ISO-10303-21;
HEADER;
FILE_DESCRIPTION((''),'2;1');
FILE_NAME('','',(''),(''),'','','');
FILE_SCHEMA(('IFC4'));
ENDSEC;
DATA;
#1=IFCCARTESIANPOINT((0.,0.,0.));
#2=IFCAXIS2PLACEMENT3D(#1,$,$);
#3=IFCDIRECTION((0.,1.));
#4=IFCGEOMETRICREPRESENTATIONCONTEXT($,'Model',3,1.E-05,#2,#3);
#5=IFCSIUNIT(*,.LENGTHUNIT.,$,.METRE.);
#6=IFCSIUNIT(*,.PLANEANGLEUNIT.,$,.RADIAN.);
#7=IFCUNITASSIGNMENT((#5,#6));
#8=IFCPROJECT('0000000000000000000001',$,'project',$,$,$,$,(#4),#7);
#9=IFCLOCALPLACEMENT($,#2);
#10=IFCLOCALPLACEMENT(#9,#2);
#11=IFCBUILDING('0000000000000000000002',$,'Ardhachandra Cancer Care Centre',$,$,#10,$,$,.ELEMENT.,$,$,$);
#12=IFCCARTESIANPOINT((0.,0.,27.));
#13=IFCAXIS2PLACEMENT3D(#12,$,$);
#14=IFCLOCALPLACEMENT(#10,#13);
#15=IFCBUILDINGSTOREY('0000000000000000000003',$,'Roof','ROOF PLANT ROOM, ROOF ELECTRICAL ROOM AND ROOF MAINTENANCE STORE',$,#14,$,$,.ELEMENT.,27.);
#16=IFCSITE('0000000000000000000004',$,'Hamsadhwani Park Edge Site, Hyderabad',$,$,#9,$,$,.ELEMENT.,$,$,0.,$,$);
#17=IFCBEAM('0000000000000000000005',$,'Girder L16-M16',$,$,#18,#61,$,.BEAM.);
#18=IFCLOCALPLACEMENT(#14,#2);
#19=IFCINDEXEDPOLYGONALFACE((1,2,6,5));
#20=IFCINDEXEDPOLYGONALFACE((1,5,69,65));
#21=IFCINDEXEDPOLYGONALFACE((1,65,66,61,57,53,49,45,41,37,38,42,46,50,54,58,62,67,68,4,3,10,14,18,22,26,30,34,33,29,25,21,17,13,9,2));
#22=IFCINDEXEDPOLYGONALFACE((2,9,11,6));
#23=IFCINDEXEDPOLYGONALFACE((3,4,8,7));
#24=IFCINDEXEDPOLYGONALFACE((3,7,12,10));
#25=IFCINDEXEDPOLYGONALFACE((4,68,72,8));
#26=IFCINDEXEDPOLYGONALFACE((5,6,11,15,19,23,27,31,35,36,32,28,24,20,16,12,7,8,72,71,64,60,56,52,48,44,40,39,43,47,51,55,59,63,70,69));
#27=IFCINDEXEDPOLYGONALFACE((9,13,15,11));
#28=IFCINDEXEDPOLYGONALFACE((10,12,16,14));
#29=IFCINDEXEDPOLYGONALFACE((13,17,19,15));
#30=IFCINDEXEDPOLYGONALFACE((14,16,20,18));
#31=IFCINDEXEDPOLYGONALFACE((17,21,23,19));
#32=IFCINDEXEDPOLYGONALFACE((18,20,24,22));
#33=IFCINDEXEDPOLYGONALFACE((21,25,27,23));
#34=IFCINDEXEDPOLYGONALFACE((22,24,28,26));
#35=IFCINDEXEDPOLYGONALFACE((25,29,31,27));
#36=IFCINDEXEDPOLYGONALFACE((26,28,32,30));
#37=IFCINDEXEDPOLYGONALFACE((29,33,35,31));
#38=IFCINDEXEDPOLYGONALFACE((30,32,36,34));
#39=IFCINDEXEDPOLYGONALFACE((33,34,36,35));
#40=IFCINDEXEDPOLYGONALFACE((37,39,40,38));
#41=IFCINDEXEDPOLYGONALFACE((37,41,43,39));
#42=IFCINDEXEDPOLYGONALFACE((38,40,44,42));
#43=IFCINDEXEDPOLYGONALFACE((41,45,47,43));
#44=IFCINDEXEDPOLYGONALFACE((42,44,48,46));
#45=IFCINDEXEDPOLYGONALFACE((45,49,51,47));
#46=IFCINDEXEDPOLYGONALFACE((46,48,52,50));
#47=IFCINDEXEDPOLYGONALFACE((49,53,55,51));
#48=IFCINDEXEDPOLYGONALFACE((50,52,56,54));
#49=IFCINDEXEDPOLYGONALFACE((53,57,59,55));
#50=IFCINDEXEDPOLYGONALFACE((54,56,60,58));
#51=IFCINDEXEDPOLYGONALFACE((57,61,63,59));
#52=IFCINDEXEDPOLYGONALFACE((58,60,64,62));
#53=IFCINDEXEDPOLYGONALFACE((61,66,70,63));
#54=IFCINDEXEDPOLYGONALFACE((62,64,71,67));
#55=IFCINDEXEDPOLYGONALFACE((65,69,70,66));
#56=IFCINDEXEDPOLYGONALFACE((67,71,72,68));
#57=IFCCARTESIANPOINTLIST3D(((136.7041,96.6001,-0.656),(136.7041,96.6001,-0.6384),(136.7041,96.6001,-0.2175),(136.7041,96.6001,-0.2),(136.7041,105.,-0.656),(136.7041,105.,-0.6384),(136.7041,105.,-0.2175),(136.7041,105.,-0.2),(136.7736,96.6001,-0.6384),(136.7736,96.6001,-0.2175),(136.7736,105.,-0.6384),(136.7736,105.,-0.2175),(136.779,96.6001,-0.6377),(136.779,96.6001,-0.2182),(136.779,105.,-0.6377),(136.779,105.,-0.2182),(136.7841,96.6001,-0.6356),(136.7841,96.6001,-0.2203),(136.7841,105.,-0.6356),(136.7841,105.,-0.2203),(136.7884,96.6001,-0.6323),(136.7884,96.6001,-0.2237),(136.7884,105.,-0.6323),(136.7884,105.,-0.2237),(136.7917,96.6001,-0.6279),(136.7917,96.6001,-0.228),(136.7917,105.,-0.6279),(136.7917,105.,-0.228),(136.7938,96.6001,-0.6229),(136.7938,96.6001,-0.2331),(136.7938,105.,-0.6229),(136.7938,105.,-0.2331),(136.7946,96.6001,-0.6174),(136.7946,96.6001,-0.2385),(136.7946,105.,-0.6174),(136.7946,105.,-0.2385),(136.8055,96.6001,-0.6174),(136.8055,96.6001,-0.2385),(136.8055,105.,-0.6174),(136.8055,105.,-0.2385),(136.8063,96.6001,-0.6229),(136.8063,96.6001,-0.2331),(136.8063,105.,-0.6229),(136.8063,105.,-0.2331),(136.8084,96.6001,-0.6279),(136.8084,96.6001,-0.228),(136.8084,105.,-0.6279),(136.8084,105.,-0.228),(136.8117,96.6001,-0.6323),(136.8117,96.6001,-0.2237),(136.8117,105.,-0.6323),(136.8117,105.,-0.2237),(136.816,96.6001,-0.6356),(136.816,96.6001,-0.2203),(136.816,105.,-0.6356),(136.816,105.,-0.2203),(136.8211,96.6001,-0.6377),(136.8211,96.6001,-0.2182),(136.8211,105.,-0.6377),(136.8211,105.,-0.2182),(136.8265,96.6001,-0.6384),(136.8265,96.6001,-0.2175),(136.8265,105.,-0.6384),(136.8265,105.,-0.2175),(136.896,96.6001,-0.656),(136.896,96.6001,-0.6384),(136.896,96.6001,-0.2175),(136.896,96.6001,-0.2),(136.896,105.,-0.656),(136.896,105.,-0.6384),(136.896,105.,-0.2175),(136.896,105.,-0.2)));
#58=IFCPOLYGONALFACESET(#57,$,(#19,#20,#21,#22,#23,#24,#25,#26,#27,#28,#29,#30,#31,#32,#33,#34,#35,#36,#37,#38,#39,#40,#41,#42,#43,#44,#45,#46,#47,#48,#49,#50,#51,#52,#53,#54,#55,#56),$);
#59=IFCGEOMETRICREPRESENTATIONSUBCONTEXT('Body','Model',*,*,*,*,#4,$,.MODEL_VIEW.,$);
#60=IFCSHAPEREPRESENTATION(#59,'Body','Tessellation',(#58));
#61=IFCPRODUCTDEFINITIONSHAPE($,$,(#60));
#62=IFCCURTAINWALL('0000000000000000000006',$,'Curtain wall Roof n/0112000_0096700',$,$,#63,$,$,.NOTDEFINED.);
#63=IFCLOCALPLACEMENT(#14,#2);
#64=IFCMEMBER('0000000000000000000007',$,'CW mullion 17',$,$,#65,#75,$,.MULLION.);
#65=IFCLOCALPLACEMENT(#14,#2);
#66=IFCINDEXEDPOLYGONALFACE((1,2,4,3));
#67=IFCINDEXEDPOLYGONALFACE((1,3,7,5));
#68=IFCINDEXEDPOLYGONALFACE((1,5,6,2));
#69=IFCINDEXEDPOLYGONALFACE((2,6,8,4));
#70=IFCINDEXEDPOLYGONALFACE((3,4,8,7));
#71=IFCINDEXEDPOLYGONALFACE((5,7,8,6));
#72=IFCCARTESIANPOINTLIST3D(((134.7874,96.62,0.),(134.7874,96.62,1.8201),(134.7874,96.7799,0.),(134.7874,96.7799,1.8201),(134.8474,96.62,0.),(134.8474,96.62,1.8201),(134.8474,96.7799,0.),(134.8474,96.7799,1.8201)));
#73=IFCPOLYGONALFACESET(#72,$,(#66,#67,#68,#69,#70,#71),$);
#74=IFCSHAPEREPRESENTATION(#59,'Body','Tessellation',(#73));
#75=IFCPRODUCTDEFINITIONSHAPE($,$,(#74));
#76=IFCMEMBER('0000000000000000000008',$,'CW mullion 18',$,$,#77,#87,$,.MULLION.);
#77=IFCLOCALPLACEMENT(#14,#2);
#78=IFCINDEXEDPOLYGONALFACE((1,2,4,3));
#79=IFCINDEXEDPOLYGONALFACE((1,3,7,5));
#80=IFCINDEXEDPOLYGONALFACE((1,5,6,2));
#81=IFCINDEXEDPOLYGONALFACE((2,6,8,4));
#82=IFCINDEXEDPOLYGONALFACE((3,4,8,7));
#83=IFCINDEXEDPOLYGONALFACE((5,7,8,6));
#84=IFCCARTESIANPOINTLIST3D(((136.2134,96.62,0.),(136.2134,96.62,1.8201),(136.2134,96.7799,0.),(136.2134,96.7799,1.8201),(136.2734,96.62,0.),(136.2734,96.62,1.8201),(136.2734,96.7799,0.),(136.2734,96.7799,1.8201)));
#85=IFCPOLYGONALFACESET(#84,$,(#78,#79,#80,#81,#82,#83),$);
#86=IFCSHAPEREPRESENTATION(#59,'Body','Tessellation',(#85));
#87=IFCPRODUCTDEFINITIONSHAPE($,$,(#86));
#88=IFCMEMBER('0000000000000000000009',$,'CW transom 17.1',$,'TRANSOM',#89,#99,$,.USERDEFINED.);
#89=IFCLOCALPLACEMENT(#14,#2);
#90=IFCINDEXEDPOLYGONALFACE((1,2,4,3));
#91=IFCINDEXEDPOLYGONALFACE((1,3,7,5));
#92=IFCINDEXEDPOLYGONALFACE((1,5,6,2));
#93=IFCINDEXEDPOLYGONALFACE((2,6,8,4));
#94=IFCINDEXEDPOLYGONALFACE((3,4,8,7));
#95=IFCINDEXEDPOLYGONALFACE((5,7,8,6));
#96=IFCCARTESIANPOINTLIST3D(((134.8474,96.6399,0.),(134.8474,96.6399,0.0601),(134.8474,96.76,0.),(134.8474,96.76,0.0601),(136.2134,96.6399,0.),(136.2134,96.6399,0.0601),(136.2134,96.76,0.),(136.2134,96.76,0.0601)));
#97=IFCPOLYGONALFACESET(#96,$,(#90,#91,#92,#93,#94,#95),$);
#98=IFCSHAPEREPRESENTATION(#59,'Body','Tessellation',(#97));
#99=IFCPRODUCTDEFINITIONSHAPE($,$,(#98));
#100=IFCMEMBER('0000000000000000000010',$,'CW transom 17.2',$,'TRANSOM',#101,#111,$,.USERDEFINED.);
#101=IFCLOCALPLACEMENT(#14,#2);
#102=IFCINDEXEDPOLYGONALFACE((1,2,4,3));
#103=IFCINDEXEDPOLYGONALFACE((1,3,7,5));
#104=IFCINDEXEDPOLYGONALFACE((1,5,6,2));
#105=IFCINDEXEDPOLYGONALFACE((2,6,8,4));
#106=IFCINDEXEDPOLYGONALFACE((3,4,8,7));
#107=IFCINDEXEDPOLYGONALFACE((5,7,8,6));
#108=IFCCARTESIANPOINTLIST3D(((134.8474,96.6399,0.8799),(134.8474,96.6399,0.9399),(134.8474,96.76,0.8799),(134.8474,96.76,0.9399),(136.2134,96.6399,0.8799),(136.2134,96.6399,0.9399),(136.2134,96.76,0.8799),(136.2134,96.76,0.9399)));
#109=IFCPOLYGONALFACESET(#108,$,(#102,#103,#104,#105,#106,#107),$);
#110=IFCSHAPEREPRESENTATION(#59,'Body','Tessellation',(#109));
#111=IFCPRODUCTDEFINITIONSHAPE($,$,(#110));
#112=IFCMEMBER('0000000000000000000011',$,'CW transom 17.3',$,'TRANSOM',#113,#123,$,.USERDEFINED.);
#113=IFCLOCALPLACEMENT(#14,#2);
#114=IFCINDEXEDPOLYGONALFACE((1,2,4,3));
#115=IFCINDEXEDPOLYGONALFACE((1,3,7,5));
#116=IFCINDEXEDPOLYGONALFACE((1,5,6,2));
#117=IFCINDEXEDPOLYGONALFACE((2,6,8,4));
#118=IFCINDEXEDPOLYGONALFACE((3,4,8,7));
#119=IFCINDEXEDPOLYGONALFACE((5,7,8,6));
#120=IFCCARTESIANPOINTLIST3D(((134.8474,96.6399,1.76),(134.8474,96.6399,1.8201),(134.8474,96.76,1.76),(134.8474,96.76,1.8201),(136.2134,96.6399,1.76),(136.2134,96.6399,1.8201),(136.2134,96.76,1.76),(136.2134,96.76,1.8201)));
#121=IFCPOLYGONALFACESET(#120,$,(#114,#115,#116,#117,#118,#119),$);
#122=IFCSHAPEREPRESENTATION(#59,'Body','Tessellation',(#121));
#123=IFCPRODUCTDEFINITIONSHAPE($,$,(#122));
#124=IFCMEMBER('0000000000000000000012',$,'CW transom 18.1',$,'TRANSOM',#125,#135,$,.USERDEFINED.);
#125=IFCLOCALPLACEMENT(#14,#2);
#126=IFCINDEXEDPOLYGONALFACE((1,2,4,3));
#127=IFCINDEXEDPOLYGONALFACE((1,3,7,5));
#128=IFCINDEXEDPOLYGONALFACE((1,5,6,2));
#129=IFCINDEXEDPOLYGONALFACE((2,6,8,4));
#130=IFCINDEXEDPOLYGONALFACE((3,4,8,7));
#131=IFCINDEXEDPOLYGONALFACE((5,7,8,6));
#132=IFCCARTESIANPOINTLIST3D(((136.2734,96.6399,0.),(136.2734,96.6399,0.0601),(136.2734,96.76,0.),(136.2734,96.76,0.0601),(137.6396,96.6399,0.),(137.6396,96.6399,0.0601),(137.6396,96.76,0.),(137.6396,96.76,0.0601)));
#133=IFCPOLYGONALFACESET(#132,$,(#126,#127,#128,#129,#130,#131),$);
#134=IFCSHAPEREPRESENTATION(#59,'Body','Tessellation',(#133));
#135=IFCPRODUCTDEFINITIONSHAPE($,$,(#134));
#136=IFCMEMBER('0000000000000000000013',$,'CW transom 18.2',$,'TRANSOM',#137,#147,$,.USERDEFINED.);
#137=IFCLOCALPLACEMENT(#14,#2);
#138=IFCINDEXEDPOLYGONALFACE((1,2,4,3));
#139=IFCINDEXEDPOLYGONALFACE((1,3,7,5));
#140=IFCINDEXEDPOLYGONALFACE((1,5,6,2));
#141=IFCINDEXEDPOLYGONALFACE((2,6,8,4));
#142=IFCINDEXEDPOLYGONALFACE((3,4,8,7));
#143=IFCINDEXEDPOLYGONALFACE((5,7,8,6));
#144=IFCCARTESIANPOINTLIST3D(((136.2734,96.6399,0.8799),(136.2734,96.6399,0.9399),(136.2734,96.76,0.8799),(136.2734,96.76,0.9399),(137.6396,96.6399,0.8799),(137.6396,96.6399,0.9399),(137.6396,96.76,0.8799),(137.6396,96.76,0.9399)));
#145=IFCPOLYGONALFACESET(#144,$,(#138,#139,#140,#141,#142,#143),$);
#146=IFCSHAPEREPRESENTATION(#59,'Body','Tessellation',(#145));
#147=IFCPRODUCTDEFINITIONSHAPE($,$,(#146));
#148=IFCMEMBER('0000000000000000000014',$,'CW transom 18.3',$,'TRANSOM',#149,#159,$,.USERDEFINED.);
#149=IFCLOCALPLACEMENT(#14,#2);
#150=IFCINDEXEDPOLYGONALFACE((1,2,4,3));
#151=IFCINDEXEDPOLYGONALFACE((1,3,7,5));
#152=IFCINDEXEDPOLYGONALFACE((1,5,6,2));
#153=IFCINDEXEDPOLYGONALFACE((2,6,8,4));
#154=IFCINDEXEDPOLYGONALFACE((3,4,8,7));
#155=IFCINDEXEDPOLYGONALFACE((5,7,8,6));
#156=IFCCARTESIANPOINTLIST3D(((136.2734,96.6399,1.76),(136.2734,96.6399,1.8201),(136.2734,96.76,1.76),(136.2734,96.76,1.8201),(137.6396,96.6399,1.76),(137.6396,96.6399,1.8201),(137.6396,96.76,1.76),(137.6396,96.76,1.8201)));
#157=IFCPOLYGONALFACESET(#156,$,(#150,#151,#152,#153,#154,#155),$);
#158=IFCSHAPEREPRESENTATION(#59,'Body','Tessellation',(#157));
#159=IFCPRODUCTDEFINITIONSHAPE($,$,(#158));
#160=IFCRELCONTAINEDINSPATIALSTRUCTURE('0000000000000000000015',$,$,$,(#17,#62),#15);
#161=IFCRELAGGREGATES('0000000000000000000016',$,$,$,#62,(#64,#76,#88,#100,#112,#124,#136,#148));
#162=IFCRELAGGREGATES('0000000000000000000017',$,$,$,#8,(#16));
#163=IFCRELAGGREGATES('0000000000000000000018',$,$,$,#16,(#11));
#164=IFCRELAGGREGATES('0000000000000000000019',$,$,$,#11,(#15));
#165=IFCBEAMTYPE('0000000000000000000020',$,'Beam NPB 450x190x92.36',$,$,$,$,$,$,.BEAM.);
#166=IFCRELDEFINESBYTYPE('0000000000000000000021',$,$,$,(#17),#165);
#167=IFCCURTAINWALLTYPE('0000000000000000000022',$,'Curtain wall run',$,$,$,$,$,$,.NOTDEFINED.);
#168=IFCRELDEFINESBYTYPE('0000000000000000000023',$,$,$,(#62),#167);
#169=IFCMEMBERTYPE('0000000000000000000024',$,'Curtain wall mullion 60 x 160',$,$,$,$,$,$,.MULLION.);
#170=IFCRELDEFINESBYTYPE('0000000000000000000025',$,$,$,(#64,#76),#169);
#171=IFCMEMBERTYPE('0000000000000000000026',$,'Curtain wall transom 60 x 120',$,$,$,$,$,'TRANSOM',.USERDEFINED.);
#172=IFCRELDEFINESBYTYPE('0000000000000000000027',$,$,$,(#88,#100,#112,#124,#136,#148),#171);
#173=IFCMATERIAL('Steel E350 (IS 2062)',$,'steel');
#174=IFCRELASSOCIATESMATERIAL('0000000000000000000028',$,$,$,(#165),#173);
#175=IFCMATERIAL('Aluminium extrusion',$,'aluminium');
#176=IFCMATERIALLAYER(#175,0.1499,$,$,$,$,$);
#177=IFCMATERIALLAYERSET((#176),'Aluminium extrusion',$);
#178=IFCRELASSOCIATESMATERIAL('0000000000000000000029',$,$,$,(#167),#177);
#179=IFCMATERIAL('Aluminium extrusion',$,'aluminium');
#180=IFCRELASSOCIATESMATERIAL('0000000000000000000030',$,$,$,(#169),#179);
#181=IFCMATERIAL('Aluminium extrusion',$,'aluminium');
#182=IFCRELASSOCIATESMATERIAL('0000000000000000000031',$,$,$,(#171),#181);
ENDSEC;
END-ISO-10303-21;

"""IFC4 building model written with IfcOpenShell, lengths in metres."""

from ifc_helpers import new_model, si_unit, direction, frame, origin, origin_2d, place, context, subcontext, project, spatial, rectangle, i_section, extrude, material, layer, layer_set, material_profile, profile_set, type_object, element, aggregate, save


model = new_model("IFC4")

# Units and contexts
model_context = context("Model", 3, precision=1e-05, world=origin(), true_north=direction((0.0, 1.0)))
body_context = subcontext(model_context, "Body", "Model", "MODEL_VIEW")
ifc_project = project(units=[si_unit("LENGTHUNIT", "METRE"), si_unit("PLANEANGLEUNIT", "RADIAN")], contexts=[model_context])

# Site, building, storey
site_placement = place(None, origin())
site = spatial("IfcSite", under=ifc_project, at=site_placement, Name="Hamsadhwani Park Edge Site, Hyderabad", CompositionType="ELEMENT", RefElevation=0.0)
building_placement = place(site_placement, origin())
building = spatial("IfcBuilding", under=site, at=building_placement, Name="Ardhachandra Cancer Care Centre", CompositionType="ELEMENT")
storey_placement = place(building_placement, frame((0.0, 0.0, 27.0)))
storey = spatial("IfcBuildingStorey", under=building, at=storey_placement, Name="Roof", Description="ROOF PLANT ROOM, ROOF ELECTRICAL ROOM AND ROOF MAINTENANCE STORE", CompositionType="ELEMENT", Elevation=27.0)

# Beam
ifc_material_1 = material(Name="Steel E350 (IS 2062)", Category="steel")
ifc_material_profile_1 = material_profile(ifc_material_1, i_section(OverallWidth=0.1919, OverallDepth=0.4561, WebThickness=0.011, FlangeThickness=0.0176, FilletRadius=0.021, at=origin_2d()), Name="NPB 450x190x92.36")
ifc_profile_set_1 = profile_set([ifc_material_profile_1], Name="Steel E350 (IS 2062)")
beam_type_1 = type_object("IfcBeamType", Name="Beam NPB 450x190x92.36", PredefinedType="BEAM", material=ifc_profile_set_1)
for number, where, z_axis, x_axis, name in (
    (1, (136.8, 96.6001, -0.428), (0.0, 1.0, 0.0), (-1.0, 0.0, 0.0), "Girder L16-M16"),
):
    element("IfcBeam", number, at=place(storey_placement, frame(where, z_axis=z_axis, x_axis=x_axis)), inside=storey, type_object=beam_type_1, Name=name, PredefinedType="BEAM", context=body_context, shape_type="SweptSolid", body=[
        extrude(i_section(OverallWidth=0.1919, OverallDepth=0.4561, WebThickness=0.011, FlangeThickness=0.0176, FilletRadius=0.021, at=origin_2d()), origin(), (0.0, 0.0, 1.0), 8.3999),
    ])

# Curtain wall, members
ifc_material_2 = material(Name="Aluminium extrusion", Category="aluminium")
ifc_layer_1 = layer(ifc_material_2, 0.1499)
ifc_layer_set_1 = layer_set([ifc_layer_1], Name="Aluminium extrusion")
curtain_wall_type = type_object("IfcCurtainWallType", Name="Curtain wall run", PredefinedType="NOTDEFINED", material=ifc_layer_set_1)
curtain_wall_placement = place(storey_placement, origin())
curtain_wall = element("IfcCurtainWall", 2, at=curtain_wall_placement, inside=storey, type_object=curtain_wall_type, Name="Curtain wall Roof n/0112000_0096700", PredefinedType="NOTDEFINED")
ifc_material_3 = material(Name="Aluminium extrusion", Category="aluminium")
ifc_material_profile_2 = material_profile(ifc_material_3, rectangle(XDim=0.1599, YDim=0.0601, at=origin_2d()), Name="Curtain wall mullion 60 x 160")
ifc_profile_set_2 = profile_set([ifc_material_profile_2], Name="Aluminium extrusion")
member_type_1 = type_object("IfcMemberType", Name="Curtain wall mullion 60 x 160", PredefinedType="MULLION", material=ifc_profile_set_2)
member_1_placement = place(storey_placement, frame((134.8174, 96.7, 0.0), z_axis=(0.0, 0.0, 1.0), x_axis=(0.0, 1.0, 0.0)))
member_1 = element("IfcMember", 3, at=member_1_placement, type_object=member_type_1, Name="CW mullion 17", PredefinedType="MULLION", context=body_context, shape_type="SweptSolid", body=[
    extrude(rectangle(XDim=0.1599, YDim=0.0601, at=origin_2d()), origin(), (0.0, 0.0, 1.0), 1.8201),
])
member_2_placement = place(storey_placement, frame((136.2434, 96.7, 0.0), z_axis=(0.0, 0.0, 1.0), x_axis=(0.0, 1.0, 0.0)))
member_2 = element("IfcMember", 4, at=member_2_placement, type_object=member_type_1, Name="CW mullion 18", PredefinedType="MULLION", context=body_context, shape_type="SweptSolid", body=[
    extrude(rectangle(XDim=0.1599, YDim=0.0601, at=origin_2d()), origin(), (0.0, 0.0, 1.0), 1.8201),
])
ifc_material_4 = material(Name="Aluminium extrusion", Category="aluminium")
ifc_material_profile_3 = material_profile(ifc_material_4, rectangle(XDim=0.1201, YDim=0.0601, at=origin_2d()), Name="Curtain wall transom 60 x 120")
ifc_profile_set_3 = profile_set([ifc_material_profile_3], Name="Aluminium extrusion")
member_type_2 = type_object("IfcMemberType", Name="Curtain wall transom 60 x 120", ElementType="TRANSOM", PredefinedType="USERDEFINED", material=ifc_profile_set_3)
member_3_placement = place(storey_placement, frame((134.8474, 96.7, 0.03), z_axis=(1.0, 0.0, 0.0), x_axis=(0.0, 1.0, 0.0)))
member_3 = element("IfcMember", 5, at=member_3_placement, type_object=member_type_2, Name="CW transom 17.1", ObjectType="TRANSOM", PredefinedType="USERDEFINED", context=body_context, shape_type="SweptSolid", body=[
    extrude(rectangle(XDim=0.1201, YDim=0.0601, at=origin_2d()), origin(), (0.0, 0.0, 1.0), 1.366),
])
member_4_placement = place(storey_placement, frame((134.8474, 96.7, 0.9099), z_axis=(1.0, 0.0, 0.0), x_axis=(0.0, 1.0, 0.0)))
member_4 = element("IfcMember", 6, at=member_4_placement, type_object=member_type_2, Name="CW transom 17.2", ObjectType="TRANSOM", PredefinedType="USERDEFINED", context=body_context, shape_type="SweptSolid", body=[
    extrude(rectangle(XDim=0.1201, YDim=0.0601, at=origin_2d()), origin(), (0.0, 0.0, 1.0), 1.366),
])
member_5_placement = place(storey_placement, frame((134.8474, 96.7, 1.79), z_axis=(1.0, 0.0, 0.0), x_axis=(0.0, 1.0, 0.0)))
member_5 = element("IfcMember", 7, at=member_5_placement, type_object=member_type_2, Name="CW transom 17.3", ObjectType="TRANSOM", PredefinedType="USERDEFINED", context=body_context, shape_type="SweptSolid", body=[
    extrude(rectangle(XDim=0.1201, YDim=0.0601, at=origin_2d()), origin(), (0.0, 0.0, 1.0), 1.366),
])
member_6_placement = place(storey_placement, frame((136.2734, 96.7, 0.03), z_axis=(1.0, 0.0, 0.0), x_axis=(0.0, 1.0, 0.0)))
member_6 = element("IfcMember", 8, at=member_6_placement, type_object=member_type_2, Name="CW transom 18.1", ObjectType="TRANSOM", PredefinedType="USERDEFINED", context=body_context, shape_type="SweptSolid", body=[
    extrude(rectangle(XDim=0.1201, YDim=0.0601, at=origin_2d()), origin(), (0.0, 0.0, 1.0), 1.3662),
])
member_7_placement = place(storey_placement, frame((136.2734, 96.7, 0.9099), z_axis=(1.0, 0.0, 0.0), x_axis=(0.0, 1.0, 0.0)))
member_7 = element("IfcMember", 9, at=member_7_placement, type_object=member_type_2, Name="CW transom 18.2", ObjectType="TRANSOM", PredefinedType="USERDEFINED", context=body_context, shape_type="SweptSolid", body=[
    extrude(rectangle(XDim=0.1201, YDim=0.0601, at=origin_2d()), origin(), (0.0, 0.0, 1.0), 1.3662),
])
member_8_placement = place(storey_placement, frame((136.2734, 96.7, 1.79), z_axis=(1.0, 0.0, 0.0), x_axis=(0.0, 1.0, 0.0)))
member_8 = element("IfcMember", 10, at=member_8_placement, type_object=member_type_2, Name="CW transom 18.3", ObjectType="TRANSOM", PredefinedType="USERDEFINED", context=body_context, shape_type="SweptSolid", body=[
    extrude(rectangle(XDim=0.1201, YDim=0.0601, at=origin_2d()), origin(), (0.0, 0.0, 1.0), 1.3662),
])

aggregate(curtain_wall, [member_1, member_2, member_3, member_4, member_5, member_6, member_7, member_8])

save(model, "model.ifc")
